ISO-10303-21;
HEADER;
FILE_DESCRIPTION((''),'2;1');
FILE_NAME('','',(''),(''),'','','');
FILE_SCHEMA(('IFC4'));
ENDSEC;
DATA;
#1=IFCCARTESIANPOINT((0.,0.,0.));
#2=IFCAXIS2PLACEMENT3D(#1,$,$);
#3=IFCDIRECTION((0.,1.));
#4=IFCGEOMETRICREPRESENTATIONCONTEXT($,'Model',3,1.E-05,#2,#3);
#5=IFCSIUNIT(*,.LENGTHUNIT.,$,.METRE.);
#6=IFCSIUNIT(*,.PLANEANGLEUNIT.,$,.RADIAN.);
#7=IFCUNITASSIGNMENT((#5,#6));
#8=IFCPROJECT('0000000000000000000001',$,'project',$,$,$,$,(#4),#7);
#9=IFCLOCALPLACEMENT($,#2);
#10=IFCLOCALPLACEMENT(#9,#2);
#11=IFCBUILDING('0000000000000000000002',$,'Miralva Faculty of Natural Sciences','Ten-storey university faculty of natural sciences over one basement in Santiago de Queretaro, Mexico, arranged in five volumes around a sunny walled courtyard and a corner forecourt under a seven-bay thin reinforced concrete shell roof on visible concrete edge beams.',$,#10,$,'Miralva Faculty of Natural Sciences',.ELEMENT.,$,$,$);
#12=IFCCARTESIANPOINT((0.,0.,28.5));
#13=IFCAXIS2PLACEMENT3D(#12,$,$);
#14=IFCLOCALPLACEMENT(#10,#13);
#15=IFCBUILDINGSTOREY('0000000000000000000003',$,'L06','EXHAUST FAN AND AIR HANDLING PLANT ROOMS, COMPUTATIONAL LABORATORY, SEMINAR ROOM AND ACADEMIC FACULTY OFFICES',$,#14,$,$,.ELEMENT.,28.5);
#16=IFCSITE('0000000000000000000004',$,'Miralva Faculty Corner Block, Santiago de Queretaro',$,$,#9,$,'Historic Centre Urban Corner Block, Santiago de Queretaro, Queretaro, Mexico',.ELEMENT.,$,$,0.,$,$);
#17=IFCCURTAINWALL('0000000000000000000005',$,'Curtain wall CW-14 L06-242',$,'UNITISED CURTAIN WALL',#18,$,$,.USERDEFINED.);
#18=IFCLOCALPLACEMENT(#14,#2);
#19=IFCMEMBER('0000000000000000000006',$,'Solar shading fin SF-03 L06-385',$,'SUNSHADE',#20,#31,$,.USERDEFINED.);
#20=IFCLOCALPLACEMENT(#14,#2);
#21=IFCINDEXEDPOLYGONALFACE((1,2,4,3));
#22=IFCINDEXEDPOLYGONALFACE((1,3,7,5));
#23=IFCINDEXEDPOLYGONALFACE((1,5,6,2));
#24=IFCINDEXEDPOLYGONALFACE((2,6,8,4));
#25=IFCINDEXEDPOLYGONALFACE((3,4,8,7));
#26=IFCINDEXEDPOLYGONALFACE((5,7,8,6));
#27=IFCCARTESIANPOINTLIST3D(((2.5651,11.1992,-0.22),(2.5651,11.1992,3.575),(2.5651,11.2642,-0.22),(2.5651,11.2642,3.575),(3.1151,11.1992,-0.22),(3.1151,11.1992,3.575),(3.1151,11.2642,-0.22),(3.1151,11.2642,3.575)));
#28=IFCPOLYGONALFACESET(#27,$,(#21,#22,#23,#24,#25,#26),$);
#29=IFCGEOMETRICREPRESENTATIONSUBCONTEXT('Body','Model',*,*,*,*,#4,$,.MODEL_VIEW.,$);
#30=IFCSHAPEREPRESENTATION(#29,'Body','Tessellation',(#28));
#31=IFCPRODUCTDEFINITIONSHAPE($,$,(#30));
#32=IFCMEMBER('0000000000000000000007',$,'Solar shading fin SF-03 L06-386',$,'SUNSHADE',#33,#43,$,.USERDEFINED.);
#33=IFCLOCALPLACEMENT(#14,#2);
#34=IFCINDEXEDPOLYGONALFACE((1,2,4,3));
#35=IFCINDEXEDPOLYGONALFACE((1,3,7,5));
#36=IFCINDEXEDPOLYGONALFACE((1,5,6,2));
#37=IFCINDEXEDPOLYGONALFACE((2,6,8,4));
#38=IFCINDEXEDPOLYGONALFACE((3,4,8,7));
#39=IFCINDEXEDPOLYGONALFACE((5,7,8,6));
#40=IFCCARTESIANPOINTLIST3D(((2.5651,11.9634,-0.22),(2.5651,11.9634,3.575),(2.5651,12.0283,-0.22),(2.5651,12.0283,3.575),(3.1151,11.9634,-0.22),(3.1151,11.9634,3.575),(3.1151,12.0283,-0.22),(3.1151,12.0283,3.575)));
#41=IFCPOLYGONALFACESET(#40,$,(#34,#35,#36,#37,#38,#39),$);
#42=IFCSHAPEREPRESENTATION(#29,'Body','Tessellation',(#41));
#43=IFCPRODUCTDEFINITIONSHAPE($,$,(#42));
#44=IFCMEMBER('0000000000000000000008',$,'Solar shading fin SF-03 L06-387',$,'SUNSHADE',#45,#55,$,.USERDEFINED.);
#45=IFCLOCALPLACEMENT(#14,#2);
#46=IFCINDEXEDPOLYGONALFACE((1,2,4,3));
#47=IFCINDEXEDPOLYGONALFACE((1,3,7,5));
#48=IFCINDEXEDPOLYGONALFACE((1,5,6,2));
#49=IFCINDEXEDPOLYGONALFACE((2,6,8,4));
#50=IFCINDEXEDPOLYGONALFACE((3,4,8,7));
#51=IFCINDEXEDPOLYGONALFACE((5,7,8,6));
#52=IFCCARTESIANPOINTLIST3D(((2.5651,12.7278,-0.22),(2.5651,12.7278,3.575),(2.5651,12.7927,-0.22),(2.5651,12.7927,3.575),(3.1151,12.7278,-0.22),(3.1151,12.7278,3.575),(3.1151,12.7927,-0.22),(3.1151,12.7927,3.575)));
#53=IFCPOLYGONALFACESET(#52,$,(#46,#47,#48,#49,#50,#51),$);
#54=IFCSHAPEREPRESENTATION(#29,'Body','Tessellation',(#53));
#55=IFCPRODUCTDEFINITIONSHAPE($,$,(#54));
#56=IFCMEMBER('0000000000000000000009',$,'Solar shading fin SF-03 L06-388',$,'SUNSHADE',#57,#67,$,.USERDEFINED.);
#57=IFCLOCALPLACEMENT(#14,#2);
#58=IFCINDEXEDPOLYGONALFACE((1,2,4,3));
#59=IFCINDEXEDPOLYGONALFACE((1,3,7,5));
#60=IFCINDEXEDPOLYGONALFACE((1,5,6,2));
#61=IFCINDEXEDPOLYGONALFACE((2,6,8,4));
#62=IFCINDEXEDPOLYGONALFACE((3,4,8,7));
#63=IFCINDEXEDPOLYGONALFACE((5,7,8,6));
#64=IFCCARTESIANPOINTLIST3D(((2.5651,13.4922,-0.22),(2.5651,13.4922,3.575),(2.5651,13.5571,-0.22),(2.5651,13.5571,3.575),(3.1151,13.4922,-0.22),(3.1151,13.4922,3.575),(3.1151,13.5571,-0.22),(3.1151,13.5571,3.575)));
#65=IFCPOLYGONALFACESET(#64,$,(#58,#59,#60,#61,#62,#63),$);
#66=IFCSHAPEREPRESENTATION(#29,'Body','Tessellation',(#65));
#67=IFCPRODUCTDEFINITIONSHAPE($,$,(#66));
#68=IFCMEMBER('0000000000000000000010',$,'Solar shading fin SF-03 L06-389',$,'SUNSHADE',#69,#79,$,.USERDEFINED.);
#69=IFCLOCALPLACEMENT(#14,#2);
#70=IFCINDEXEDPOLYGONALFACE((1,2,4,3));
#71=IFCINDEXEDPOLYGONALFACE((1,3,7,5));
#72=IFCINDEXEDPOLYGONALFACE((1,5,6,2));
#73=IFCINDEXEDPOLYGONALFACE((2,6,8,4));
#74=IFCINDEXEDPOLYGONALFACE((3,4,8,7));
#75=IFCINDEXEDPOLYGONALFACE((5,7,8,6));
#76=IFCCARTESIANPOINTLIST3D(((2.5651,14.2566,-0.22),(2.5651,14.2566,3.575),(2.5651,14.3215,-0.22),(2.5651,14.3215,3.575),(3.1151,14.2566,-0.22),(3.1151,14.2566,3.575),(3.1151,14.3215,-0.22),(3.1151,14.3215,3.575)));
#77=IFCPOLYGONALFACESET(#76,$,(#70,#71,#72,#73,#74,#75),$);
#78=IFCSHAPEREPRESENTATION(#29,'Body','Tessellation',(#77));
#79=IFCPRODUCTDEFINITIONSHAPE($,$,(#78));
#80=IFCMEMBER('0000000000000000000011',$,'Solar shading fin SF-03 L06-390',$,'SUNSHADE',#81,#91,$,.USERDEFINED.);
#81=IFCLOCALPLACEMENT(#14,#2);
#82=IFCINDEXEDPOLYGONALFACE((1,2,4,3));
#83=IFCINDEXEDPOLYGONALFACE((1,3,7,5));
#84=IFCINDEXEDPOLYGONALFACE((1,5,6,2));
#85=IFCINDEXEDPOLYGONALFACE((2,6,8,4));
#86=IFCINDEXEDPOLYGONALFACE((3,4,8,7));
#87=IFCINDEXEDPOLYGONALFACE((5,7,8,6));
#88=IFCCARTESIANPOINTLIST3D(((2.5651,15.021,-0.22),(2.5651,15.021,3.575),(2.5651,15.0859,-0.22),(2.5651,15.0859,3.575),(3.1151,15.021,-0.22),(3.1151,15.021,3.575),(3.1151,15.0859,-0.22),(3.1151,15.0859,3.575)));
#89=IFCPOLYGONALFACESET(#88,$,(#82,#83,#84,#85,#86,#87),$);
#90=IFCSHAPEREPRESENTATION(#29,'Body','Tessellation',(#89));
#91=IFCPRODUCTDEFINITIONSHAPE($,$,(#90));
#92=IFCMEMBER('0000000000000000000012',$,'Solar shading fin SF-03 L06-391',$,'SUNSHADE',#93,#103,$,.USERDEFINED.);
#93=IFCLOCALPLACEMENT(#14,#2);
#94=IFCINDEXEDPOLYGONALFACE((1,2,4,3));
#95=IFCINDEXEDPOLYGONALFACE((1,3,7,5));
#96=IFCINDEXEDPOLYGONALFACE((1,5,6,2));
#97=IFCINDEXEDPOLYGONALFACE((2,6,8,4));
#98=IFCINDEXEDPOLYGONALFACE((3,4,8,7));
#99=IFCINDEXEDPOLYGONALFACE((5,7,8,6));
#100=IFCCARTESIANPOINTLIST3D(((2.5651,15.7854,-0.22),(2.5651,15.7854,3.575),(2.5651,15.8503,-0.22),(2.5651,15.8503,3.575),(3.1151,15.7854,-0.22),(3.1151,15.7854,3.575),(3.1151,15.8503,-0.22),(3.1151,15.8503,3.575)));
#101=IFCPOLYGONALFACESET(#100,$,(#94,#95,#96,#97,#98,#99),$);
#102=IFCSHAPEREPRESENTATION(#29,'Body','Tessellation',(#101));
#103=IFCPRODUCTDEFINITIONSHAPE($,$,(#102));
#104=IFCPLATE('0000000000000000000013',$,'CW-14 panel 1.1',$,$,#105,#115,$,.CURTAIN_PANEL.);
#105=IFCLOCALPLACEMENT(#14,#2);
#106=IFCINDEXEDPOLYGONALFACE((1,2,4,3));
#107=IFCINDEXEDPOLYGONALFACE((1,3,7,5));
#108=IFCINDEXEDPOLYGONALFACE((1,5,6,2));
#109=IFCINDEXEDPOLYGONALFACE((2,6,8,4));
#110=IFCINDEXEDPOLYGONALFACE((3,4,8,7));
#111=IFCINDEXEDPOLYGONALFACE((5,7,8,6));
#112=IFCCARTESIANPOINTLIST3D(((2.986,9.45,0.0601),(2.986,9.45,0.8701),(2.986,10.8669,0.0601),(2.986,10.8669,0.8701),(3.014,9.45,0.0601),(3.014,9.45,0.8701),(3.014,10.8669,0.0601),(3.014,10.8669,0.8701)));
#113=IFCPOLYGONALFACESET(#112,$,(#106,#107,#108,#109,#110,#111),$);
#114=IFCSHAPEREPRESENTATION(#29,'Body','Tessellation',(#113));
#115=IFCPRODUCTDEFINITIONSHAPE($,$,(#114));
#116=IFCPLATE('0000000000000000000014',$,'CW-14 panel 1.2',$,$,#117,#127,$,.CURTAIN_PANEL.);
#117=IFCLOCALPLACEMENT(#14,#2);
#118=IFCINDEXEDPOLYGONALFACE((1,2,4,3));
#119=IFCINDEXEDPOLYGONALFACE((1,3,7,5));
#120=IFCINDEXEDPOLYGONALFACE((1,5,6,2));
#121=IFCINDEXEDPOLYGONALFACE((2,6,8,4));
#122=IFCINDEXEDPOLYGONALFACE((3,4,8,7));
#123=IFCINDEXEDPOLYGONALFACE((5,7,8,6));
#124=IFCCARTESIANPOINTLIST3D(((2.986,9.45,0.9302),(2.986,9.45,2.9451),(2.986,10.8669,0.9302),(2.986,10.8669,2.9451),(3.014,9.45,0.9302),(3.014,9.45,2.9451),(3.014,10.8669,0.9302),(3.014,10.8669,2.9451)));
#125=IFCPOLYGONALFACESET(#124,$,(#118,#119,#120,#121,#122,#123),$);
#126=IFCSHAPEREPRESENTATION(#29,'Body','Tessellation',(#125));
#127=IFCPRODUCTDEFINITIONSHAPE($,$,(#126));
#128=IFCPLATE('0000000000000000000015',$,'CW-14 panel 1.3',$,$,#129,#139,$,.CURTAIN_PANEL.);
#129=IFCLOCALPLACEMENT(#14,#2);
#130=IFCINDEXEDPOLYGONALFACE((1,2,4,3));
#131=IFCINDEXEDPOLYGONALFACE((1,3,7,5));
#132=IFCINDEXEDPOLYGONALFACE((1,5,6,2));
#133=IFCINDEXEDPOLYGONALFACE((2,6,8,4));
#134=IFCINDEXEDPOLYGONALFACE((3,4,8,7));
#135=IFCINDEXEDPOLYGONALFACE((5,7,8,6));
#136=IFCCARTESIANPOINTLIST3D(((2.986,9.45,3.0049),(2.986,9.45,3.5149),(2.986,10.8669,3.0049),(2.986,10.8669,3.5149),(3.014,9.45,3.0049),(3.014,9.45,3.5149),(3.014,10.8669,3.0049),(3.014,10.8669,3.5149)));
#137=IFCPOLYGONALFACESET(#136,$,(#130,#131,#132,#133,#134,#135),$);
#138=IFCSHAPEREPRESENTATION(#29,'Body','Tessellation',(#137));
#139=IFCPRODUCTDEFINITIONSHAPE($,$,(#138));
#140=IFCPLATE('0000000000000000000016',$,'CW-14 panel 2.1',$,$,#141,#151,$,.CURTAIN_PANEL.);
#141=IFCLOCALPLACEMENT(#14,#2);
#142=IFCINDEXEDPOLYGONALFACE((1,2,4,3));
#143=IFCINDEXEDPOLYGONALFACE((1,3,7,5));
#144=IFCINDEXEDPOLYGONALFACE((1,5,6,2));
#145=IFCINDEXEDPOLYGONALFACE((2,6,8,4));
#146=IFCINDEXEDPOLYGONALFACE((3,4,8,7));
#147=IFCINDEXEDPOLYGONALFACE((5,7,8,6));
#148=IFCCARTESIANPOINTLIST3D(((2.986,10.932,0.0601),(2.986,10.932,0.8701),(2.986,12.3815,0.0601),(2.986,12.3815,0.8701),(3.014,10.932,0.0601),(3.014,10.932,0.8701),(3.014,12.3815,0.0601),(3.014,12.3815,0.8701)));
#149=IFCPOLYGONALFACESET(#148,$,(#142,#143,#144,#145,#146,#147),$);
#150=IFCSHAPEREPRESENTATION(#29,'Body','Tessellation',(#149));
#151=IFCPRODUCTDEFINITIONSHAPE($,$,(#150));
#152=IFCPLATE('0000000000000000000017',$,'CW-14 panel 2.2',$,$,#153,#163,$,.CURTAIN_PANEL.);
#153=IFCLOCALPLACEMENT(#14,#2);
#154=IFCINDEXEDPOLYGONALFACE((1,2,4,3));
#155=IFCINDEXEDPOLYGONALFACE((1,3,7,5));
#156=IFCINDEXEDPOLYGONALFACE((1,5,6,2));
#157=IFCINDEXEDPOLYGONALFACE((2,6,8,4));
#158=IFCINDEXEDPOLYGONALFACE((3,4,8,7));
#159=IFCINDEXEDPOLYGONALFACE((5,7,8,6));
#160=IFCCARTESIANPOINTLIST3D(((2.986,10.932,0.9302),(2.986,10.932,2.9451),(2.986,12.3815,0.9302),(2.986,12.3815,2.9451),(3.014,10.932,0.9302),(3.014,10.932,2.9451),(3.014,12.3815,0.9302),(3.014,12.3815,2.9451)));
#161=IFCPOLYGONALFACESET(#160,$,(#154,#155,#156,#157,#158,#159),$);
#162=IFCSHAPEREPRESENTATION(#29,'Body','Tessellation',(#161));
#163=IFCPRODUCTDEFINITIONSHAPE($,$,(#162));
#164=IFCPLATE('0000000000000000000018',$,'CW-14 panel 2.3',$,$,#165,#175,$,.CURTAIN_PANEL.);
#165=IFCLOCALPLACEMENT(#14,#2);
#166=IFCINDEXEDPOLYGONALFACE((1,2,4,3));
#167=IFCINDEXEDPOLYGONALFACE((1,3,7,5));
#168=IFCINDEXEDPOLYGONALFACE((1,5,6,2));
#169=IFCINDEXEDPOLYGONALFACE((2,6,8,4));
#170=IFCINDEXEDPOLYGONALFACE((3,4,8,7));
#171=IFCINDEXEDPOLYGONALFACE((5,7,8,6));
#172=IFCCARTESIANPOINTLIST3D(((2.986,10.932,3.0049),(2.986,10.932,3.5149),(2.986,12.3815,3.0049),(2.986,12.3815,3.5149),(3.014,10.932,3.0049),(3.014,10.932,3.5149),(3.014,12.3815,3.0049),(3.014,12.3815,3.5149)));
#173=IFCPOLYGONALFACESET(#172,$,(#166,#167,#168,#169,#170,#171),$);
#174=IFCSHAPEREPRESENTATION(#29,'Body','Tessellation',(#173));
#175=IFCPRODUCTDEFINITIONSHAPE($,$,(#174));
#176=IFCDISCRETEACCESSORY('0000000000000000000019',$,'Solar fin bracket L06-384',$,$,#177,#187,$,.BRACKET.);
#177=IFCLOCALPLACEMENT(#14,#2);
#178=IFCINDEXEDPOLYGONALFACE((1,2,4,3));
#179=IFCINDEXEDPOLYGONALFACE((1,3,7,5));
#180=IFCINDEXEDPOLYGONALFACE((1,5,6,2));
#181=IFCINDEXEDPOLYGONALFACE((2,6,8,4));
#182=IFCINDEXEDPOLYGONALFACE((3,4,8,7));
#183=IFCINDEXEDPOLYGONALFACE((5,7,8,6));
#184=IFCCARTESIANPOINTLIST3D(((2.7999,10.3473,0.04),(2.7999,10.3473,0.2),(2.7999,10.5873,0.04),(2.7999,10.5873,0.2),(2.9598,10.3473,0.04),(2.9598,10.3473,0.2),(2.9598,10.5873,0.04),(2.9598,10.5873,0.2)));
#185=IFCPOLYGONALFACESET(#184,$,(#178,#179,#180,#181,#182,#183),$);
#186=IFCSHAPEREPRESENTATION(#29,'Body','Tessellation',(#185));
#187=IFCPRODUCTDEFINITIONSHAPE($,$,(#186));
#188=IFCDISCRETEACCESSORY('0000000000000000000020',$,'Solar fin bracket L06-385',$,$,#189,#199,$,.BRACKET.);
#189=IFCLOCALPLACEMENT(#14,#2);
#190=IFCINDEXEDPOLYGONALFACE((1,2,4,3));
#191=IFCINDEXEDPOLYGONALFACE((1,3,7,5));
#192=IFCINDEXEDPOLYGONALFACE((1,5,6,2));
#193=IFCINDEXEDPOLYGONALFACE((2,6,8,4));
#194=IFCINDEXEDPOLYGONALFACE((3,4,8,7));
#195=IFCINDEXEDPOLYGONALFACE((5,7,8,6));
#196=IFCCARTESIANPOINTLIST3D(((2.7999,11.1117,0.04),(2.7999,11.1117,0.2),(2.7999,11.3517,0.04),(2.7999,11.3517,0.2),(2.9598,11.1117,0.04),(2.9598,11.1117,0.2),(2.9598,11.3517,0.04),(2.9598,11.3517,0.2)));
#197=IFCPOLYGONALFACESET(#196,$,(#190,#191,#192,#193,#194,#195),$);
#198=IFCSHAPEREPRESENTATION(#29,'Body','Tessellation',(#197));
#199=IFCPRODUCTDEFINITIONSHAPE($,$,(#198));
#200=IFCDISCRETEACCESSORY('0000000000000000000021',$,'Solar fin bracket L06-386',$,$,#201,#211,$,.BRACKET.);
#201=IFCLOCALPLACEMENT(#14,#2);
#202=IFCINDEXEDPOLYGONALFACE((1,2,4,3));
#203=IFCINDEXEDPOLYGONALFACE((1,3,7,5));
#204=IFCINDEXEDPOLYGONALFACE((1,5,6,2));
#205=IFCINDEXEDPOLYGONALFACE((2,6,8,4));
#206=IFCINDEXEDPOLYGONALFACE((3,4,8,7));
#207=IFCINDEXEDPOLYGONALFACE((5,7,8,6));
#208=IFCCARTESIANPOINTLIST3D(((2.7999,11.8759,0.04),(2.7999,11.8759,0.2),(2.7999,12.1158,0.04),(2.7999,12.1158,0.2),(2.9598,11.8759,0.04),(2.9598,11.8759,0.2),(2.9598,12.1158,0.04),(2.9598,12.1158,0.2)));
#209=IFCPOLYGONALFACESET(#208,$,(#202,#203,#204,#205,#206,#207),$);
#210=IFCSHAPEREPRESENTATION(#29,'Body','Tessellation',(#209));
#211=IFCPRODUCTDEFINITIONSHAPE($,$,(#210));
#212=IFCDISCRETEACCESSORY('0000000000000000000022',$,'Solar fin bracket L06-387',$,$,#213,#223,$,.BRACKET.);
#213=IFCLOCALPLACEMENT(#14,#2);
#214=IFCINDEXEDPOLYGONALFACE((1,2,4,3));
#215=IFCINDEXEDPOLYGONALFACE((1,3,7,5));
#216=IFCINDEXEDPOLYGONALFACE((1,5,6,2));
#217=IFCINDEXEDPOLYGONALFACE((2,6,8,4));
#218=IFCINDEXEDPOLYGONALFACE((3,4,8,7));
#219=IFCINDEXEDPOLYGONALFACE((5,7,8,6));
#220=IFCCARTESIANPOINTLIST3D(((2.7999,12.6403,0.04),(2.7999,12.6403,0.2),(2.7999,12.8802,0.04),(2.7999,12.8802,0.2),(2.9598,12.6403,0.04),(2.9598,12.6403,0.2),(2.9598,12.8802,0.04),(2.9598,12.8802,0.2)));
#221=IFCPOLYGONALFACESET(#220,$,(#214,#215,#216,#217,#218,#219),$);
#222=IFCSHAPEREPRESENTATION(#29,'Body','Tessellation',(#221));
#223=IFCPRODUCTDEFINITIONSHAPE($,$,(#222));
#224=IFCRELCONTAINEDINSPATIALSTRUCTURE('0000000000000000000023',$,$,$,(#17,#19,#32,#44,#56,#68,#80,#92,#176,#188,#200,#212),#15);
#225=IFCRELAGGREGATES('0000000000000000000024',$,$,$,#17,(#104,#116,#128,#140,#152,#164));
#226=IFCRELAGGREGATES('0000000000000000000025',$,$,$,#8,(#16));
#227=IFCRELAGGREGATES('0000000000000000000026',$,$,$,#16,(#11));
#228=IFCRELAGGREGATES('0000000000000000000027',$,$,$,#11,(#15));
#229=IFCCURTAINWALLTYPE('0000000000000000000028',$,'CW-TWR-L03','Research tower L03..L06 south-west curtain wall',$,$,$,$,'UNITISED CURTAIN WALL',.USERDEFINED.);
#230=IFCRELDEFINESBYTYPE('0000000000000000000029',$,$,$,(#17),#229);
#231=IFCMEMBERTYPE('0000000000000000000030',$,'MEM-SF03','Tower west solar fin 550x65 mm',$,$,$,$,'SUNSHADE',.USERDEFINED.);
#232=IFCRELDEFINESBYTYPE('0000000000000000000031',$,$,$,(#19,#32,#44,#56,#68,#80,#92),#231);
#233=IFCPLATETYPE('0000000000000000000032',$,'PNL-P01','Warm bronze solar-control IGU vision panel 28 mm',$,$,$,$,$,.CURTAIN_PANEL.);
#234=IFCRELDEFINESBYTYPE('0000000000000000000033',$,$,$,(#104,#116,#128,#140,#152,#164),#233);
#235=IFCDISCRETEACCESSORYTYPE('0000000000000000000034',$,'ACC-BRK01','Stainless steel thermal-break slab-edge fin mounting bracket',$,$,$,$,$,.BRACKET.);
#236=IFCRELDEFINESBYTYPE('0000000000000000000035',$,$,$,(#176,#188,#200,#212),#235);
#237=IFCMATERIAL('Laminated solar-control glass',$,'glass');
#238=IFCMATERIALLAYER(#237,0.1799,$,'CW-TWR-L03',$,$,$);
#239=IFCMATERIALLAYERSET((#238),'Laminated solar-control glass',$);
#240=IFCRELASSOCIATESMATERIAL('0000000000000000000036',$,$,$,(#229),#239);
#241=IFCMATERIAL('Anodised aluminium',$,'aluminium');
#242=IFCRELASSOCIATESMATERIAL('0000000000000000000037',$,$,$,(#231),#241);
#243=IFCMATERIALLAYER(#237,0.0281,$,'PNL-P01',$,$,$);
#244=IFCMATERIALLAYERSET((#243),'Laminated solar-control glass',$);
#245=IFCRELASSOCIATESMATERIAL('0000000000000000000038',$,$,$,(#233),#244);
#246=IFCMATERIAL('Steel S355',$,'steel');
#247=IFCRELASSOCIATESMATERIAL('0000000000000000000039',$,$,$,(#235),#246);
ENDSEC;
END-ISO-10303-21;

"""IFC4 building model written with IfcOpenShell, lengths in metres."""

from ifc_helpers import new_model, si_unit, direction, frame, origin, origin_2d, place, context, subcontext, project, spatial, rectangle, extrude, material, layer, layer_set, material_profile, profile_set, type_object, element, aggregate, save


model = new_model("IFC4")

# Units and contexts
model_context = context("Model", 3, precision=1e-05, world=origin(), true_north=direction((0.0, 1.0)))
body_context = subcontext(model_context, "Body", "Model", "MODEL_VIEW")
ifc_project = project(units=[si_unit("LENGTHUNIT", "METRE"), si_unit("PLANEANGLEUNIT", "RADIAN")], contexts=[model_context])

# Site, building, storey
site_placement = place(None, origin())
site = spatial("IfcSite", under=ifc_project, at=site_placement, Name="Miralva Faculty Corner Block, Santiago de Queretaro", LongName="Historic Centre Urban Corner Block, Santiago de Queretaro, Queretaro, Mexico", CompositionType="ELEMENT", RefElevation=0.0)
building_placement = place(site_placement, origin())
building = spatial("IfcBuilding", under=site, at=building_placement, Name="Miralva Faculty of Natural Sciences", Description="Ten-storey university faculty of natural sciences over one basement in Santiago de Queretaro, Mexico, arranged in five volumes around a sunny walled courtyard and a corner forecourt under a seven-bay thin reinforced concrete shell roof on visible concrete edge beams.", LongName="Miralva Faculty of Natural Sciences", CompositionType="ELEMENT")
storey_placement = place(building_placement, frame((0.0, 0.0, 28.5)))
storey = spatial("IfcBuildingStorey", under=building, at=storey_placement, Name="L06", Description="EXHAUST FAN AND AIR HANDLING PLANT ROOMS, COMPUTATIONAL LABORATORY, SEMINAR ROOM AND ACADEMIC FACULTY OFFICES", CompositionType="ELEMENT", Elevation=28.5)

# Curtain wall
ifc_material_1 = material(Name="Laminated solar-control glass", Category="glass")
ifc_layer_1 = layer(ifc_material_1, 0.1799, Name="CW-TWR-L03")
ifc_layer_set_1 = layer_set([ifc_layer_1], Name="Laminated solar-control glass")
curtain_wall_type = type_object("IfcCurtainWallType", Name="CW-TWR-L03", Description="Research tower L03..L06 south-west curtain wall", ElementType="UNITISED CURTAIN WALL", PredefinedType="USERDEFINED", material=ifc_layer_set_1)
curtain_wall_placement = place(storey_placement, origin())
curtain_wall = element("IfcCurtainWall", 1, at=curtain_wall_placement, inside=storey, type_object=curtain_wall_type, Name="Curtain wall CW-14 L06-242", ObjectType="UNITISED CURTAIN WALL", PredefinedType="USERDEFINED")
ifc_material_2 = material(Name="Anodised aluminium", Category="aluminium")

# Members
ifc_material_profile_1 = material_profile(ifc_material_2, rectangle(XDim=0.0649, YDim=0.55, at=origin_2d()), Name="FIN 550x65")
ifc_profile_set_1 = profile_set([ifc_material_profile_1], Name="Anodised aluminium")
member_type_1 = type_object("IfcMemberType", Name="MEM-SF03", Description="Tower west solar fin 550x65 mm", ElementType="SUNSHADE", PredefinedType="USERDEFINED", material=ifc_profile_set_1)
for number, where, z_axis, x_axis, name in (
    (2, (2.8401, 11.2317, -0.22), (0.0, 0.0, 1.0), (0.0, -1.0, 0.0), "Solar shading fin SF-03 L06-385"),
    (3, (2.8401, 11.9958, -0.22), (0.0, 0.0, 1.0), (0.0, -1.0, 0.0), "Solar shading fin SF-03 L06-386"),
    (4, (2.8401, 12.7603, -0.22), (0.0, 0.0, 1.0), (0.0, -1.0, 0.0), "Solar shading fin SF-03 L06-387"),
    (5, (2.8401, 13.5247, -0.22), (0.0, 0.0, 1.0), (0.0, -1.0, 0.0), "Solar shading fin SF-03 L06-388"),
    (6, (2.8401, 14.2891, -0.22), (0.0, 0.0, 1.0), (0.0, -1.0, 0.0), "Solar shading fin SF-03 L06-389"),
    (7, (2.8401, 15.0535, -0.22), (0.0, 0.0, 1.0), (0.0, -1.0, 0.0), "Solar shading fin SF-03 L06-390"),
    (8, (2.8401, 15.8179, -0.22), (0.0, 0.0, 1.0), (0.0, -1.0, 0.0), "Solar shading fin SF-03 L06-391"),
):
    element("IfcMember", number, at=place(storey_placement, frame(where, z_axis=z_axis, x_axis=x_axis)), inside=storey, type_object=member_type_1, Name=name, ObjectType="SUNSHADE", PredefinedType="USERDEFINED", context=body_context, shape_type="SweptSolid", body=[
        extrude(rectangle(XDim=0.0649, YDim=0.55, at=origin_2d()), origin(), (0.0, 0.0, 1.0), 3.7949),
    ])

# Plates
ifc_layer_2 = layer(ifc_material_1, 0.0281, Name="PNL-P01")
ifc_layer_set_2 = layer_set([ifc_layer_2], Name="Laminated solar-control glass")
plate_type = type_object("IfcPlateType", Name="PNL-P01", Description="Warm bronze solar-control IGU vision panel 28 mm", PredefinedType="CURTAIN_PANEL", material=ifc_layer_set_2)
plate_1_placement = place(storey_placement, frame((3.0, 10.1584, 0.0601), z_axis=(0.0, 0.0, 1.0), x_axis=(0.0, 1.0, 0.0)))
plate_1 = element("IfcPlate", 9, at=plate_1_placement, type_object=plate_type, Name="CW-14 panel 1.1", PredefinedType="CURTAIN_PANEL", context=body_context, shape_type="SweptSolid", body=[
    extrude(rectangle(XDim=1.417, YDim=0.0281, at=origin_2d()), origin(), (0.0, 0.0, 1.0), 0.8101),
])
plate_2_placement = place(storey_placement, frame((3.0, 10.1584, 0.9302), z_axis=(0.0, 0.0, 1.0), x_axis=(0.0, 1.0, 0.0)))
plate_2 = element("IfcPlate", 10, at=plate_2_placement, type_object=plate_type, Name="CW-14 panel 1.2", PredefinedType="CURTAIN_PANEL", context=body_context, shape_type="SweptSolid", body=[
    extrude(rectangle(XDim=1.417, YDim=0.0281, at=origin_2d()), origin(), (0.0, 0.0, 1.0), 2.0149),
])
plate_3_placement = place(storey_placement, frame((3.0, 10.1584, 3.0049), z_axis=(0.0, 0.0, 1.0), x_axis=(0.0, 1.0, 0.0)))
plate_3 = element("IfcPlate", 11, at=plate_3_placement, type_object=plate_type, Name="CW-14 panel 1.3", PredefinedType="CURTAIN_PANEL", context=body_context, shape_type="SweptSolid", body=[
    extrude(rectangle(XDim=1.417, YDim=0.0281, at=origin_2d()), origin(), (0.0, 0.0, 1.0), 0.51),
])
plate_4_placement = place(storey_placement, frame((3.0, 11.6567, 0.0601), z_axis=(0.0, 0.0, 1.0), x_axis=(0.0, 1.0, 0.0)))
plate_4 = element("IfcPlate", 12, at=plate_4_placement, type_object=plate_type, Name="CW-14 panel 2.1", PredefinedType="CURTAIN_PANEL", context=body_context, shape_type="SweptSolid", body=[
    extrude(rectangle(XDim=1.4495, YDim=0.0281, at=origin_2d()), origin(), (0.0, 0.0, 1.0), 0.8101),
])
plate_5_placement = place(storey_placement, frame((3.0, 11.6567, 0.9302), z_axis=(0.0, 0.0, 1.0), x_axis=(0.0, 1.0, 0.0)))
plate_5 = element("IfcPlate", 13, at=plate_5_placement, type_object=plate_type, Name="CW-14 panel 2.2", PredefinedType="CURTAIN_PANEL", context=body_context, shape_type="SweptSolid", body=[
    extrude(rectangle(XDim=1.4495, YDim=0.0281, at=origin_2d()), origin(), (0.0, 0.0, 1.0), 2.0149),
])
plate_6_placement = place(storey_placement, frame((3.0, 11.6567, 3.0049), z_axis=(0.0, 0.0, 1.0), x_axis=(0.0, 1.0, 0.0)))
plate_6 = element("IfcPlate", 14, at=plate_6_placement, type_object=plate_type, Name="CW-14 panel 2.3", PredefinedType="CURTAIN_PANEL", context=body_context, shape_type="SweptSolid", body=[
    extrude(rectangle(XDim=1.4495, YDim=0.0281, at=origin_2d()), origin(), (0.0, 0.0, 1.0), 0.51),
])
aggregate(curtain_wall, [plate_1, plate_2, plate_3, plate_4, plate_5, plate_6])

# Discrete accessories
ifc_material_3 = material(Name="Steel S355", Category="steel")
discrete_accessory_type = type_object("IfcDiscreteAccessoryType", Name="ACC-BRK01", Description="Stainless steel thermal-break slab-edge fin mounting bracket", PredefinedType="BRACKET", material=ifc_material_3)
for number, where, z_axis, x_axis, name in (
    (15, (2.8799, 10.4673, 0.04), (0.0, 0.0, 1.0), (-1.0, 0.0, 0.0), "Solar fin bracket L06-384"),
    (16, (2.8799, 11.2317, 0.04), (0.0, 0.0, 1.0), (-1.0, 0.0, 0.0), "Solar fin bracket L06-385"),
    (17, (2.8799, 11.9958, 0.04), (0.0, 0.0, 1.0), (-1.0, 0.0, 0.0), "Solar fin bracket L06-386"),
    (18, (2.8799, 12.7603, 0.04), (0.0, 0.0, 1.0), (-1.0, 0.0, 0.0), "Solar fin bracket L06-387"),
):
    element("IfcDiscreteAccessory", number, at=place(storey_placement, frame(where, z_axis=z_axis, x_axis=x_axis)), inside=storey, type_object=discrete_accessory_type, Name=name, PredefinedType="BRACKET", context=body_context, shape_type="SweptSolid", body=[
        extrude(rectangle(XDim=0.1599, YDim=0.24, at=origin_2d()), origin(), (0.0, 0.0, 1.0), 0.1599),
    ])

save(model, "model.ifc")
